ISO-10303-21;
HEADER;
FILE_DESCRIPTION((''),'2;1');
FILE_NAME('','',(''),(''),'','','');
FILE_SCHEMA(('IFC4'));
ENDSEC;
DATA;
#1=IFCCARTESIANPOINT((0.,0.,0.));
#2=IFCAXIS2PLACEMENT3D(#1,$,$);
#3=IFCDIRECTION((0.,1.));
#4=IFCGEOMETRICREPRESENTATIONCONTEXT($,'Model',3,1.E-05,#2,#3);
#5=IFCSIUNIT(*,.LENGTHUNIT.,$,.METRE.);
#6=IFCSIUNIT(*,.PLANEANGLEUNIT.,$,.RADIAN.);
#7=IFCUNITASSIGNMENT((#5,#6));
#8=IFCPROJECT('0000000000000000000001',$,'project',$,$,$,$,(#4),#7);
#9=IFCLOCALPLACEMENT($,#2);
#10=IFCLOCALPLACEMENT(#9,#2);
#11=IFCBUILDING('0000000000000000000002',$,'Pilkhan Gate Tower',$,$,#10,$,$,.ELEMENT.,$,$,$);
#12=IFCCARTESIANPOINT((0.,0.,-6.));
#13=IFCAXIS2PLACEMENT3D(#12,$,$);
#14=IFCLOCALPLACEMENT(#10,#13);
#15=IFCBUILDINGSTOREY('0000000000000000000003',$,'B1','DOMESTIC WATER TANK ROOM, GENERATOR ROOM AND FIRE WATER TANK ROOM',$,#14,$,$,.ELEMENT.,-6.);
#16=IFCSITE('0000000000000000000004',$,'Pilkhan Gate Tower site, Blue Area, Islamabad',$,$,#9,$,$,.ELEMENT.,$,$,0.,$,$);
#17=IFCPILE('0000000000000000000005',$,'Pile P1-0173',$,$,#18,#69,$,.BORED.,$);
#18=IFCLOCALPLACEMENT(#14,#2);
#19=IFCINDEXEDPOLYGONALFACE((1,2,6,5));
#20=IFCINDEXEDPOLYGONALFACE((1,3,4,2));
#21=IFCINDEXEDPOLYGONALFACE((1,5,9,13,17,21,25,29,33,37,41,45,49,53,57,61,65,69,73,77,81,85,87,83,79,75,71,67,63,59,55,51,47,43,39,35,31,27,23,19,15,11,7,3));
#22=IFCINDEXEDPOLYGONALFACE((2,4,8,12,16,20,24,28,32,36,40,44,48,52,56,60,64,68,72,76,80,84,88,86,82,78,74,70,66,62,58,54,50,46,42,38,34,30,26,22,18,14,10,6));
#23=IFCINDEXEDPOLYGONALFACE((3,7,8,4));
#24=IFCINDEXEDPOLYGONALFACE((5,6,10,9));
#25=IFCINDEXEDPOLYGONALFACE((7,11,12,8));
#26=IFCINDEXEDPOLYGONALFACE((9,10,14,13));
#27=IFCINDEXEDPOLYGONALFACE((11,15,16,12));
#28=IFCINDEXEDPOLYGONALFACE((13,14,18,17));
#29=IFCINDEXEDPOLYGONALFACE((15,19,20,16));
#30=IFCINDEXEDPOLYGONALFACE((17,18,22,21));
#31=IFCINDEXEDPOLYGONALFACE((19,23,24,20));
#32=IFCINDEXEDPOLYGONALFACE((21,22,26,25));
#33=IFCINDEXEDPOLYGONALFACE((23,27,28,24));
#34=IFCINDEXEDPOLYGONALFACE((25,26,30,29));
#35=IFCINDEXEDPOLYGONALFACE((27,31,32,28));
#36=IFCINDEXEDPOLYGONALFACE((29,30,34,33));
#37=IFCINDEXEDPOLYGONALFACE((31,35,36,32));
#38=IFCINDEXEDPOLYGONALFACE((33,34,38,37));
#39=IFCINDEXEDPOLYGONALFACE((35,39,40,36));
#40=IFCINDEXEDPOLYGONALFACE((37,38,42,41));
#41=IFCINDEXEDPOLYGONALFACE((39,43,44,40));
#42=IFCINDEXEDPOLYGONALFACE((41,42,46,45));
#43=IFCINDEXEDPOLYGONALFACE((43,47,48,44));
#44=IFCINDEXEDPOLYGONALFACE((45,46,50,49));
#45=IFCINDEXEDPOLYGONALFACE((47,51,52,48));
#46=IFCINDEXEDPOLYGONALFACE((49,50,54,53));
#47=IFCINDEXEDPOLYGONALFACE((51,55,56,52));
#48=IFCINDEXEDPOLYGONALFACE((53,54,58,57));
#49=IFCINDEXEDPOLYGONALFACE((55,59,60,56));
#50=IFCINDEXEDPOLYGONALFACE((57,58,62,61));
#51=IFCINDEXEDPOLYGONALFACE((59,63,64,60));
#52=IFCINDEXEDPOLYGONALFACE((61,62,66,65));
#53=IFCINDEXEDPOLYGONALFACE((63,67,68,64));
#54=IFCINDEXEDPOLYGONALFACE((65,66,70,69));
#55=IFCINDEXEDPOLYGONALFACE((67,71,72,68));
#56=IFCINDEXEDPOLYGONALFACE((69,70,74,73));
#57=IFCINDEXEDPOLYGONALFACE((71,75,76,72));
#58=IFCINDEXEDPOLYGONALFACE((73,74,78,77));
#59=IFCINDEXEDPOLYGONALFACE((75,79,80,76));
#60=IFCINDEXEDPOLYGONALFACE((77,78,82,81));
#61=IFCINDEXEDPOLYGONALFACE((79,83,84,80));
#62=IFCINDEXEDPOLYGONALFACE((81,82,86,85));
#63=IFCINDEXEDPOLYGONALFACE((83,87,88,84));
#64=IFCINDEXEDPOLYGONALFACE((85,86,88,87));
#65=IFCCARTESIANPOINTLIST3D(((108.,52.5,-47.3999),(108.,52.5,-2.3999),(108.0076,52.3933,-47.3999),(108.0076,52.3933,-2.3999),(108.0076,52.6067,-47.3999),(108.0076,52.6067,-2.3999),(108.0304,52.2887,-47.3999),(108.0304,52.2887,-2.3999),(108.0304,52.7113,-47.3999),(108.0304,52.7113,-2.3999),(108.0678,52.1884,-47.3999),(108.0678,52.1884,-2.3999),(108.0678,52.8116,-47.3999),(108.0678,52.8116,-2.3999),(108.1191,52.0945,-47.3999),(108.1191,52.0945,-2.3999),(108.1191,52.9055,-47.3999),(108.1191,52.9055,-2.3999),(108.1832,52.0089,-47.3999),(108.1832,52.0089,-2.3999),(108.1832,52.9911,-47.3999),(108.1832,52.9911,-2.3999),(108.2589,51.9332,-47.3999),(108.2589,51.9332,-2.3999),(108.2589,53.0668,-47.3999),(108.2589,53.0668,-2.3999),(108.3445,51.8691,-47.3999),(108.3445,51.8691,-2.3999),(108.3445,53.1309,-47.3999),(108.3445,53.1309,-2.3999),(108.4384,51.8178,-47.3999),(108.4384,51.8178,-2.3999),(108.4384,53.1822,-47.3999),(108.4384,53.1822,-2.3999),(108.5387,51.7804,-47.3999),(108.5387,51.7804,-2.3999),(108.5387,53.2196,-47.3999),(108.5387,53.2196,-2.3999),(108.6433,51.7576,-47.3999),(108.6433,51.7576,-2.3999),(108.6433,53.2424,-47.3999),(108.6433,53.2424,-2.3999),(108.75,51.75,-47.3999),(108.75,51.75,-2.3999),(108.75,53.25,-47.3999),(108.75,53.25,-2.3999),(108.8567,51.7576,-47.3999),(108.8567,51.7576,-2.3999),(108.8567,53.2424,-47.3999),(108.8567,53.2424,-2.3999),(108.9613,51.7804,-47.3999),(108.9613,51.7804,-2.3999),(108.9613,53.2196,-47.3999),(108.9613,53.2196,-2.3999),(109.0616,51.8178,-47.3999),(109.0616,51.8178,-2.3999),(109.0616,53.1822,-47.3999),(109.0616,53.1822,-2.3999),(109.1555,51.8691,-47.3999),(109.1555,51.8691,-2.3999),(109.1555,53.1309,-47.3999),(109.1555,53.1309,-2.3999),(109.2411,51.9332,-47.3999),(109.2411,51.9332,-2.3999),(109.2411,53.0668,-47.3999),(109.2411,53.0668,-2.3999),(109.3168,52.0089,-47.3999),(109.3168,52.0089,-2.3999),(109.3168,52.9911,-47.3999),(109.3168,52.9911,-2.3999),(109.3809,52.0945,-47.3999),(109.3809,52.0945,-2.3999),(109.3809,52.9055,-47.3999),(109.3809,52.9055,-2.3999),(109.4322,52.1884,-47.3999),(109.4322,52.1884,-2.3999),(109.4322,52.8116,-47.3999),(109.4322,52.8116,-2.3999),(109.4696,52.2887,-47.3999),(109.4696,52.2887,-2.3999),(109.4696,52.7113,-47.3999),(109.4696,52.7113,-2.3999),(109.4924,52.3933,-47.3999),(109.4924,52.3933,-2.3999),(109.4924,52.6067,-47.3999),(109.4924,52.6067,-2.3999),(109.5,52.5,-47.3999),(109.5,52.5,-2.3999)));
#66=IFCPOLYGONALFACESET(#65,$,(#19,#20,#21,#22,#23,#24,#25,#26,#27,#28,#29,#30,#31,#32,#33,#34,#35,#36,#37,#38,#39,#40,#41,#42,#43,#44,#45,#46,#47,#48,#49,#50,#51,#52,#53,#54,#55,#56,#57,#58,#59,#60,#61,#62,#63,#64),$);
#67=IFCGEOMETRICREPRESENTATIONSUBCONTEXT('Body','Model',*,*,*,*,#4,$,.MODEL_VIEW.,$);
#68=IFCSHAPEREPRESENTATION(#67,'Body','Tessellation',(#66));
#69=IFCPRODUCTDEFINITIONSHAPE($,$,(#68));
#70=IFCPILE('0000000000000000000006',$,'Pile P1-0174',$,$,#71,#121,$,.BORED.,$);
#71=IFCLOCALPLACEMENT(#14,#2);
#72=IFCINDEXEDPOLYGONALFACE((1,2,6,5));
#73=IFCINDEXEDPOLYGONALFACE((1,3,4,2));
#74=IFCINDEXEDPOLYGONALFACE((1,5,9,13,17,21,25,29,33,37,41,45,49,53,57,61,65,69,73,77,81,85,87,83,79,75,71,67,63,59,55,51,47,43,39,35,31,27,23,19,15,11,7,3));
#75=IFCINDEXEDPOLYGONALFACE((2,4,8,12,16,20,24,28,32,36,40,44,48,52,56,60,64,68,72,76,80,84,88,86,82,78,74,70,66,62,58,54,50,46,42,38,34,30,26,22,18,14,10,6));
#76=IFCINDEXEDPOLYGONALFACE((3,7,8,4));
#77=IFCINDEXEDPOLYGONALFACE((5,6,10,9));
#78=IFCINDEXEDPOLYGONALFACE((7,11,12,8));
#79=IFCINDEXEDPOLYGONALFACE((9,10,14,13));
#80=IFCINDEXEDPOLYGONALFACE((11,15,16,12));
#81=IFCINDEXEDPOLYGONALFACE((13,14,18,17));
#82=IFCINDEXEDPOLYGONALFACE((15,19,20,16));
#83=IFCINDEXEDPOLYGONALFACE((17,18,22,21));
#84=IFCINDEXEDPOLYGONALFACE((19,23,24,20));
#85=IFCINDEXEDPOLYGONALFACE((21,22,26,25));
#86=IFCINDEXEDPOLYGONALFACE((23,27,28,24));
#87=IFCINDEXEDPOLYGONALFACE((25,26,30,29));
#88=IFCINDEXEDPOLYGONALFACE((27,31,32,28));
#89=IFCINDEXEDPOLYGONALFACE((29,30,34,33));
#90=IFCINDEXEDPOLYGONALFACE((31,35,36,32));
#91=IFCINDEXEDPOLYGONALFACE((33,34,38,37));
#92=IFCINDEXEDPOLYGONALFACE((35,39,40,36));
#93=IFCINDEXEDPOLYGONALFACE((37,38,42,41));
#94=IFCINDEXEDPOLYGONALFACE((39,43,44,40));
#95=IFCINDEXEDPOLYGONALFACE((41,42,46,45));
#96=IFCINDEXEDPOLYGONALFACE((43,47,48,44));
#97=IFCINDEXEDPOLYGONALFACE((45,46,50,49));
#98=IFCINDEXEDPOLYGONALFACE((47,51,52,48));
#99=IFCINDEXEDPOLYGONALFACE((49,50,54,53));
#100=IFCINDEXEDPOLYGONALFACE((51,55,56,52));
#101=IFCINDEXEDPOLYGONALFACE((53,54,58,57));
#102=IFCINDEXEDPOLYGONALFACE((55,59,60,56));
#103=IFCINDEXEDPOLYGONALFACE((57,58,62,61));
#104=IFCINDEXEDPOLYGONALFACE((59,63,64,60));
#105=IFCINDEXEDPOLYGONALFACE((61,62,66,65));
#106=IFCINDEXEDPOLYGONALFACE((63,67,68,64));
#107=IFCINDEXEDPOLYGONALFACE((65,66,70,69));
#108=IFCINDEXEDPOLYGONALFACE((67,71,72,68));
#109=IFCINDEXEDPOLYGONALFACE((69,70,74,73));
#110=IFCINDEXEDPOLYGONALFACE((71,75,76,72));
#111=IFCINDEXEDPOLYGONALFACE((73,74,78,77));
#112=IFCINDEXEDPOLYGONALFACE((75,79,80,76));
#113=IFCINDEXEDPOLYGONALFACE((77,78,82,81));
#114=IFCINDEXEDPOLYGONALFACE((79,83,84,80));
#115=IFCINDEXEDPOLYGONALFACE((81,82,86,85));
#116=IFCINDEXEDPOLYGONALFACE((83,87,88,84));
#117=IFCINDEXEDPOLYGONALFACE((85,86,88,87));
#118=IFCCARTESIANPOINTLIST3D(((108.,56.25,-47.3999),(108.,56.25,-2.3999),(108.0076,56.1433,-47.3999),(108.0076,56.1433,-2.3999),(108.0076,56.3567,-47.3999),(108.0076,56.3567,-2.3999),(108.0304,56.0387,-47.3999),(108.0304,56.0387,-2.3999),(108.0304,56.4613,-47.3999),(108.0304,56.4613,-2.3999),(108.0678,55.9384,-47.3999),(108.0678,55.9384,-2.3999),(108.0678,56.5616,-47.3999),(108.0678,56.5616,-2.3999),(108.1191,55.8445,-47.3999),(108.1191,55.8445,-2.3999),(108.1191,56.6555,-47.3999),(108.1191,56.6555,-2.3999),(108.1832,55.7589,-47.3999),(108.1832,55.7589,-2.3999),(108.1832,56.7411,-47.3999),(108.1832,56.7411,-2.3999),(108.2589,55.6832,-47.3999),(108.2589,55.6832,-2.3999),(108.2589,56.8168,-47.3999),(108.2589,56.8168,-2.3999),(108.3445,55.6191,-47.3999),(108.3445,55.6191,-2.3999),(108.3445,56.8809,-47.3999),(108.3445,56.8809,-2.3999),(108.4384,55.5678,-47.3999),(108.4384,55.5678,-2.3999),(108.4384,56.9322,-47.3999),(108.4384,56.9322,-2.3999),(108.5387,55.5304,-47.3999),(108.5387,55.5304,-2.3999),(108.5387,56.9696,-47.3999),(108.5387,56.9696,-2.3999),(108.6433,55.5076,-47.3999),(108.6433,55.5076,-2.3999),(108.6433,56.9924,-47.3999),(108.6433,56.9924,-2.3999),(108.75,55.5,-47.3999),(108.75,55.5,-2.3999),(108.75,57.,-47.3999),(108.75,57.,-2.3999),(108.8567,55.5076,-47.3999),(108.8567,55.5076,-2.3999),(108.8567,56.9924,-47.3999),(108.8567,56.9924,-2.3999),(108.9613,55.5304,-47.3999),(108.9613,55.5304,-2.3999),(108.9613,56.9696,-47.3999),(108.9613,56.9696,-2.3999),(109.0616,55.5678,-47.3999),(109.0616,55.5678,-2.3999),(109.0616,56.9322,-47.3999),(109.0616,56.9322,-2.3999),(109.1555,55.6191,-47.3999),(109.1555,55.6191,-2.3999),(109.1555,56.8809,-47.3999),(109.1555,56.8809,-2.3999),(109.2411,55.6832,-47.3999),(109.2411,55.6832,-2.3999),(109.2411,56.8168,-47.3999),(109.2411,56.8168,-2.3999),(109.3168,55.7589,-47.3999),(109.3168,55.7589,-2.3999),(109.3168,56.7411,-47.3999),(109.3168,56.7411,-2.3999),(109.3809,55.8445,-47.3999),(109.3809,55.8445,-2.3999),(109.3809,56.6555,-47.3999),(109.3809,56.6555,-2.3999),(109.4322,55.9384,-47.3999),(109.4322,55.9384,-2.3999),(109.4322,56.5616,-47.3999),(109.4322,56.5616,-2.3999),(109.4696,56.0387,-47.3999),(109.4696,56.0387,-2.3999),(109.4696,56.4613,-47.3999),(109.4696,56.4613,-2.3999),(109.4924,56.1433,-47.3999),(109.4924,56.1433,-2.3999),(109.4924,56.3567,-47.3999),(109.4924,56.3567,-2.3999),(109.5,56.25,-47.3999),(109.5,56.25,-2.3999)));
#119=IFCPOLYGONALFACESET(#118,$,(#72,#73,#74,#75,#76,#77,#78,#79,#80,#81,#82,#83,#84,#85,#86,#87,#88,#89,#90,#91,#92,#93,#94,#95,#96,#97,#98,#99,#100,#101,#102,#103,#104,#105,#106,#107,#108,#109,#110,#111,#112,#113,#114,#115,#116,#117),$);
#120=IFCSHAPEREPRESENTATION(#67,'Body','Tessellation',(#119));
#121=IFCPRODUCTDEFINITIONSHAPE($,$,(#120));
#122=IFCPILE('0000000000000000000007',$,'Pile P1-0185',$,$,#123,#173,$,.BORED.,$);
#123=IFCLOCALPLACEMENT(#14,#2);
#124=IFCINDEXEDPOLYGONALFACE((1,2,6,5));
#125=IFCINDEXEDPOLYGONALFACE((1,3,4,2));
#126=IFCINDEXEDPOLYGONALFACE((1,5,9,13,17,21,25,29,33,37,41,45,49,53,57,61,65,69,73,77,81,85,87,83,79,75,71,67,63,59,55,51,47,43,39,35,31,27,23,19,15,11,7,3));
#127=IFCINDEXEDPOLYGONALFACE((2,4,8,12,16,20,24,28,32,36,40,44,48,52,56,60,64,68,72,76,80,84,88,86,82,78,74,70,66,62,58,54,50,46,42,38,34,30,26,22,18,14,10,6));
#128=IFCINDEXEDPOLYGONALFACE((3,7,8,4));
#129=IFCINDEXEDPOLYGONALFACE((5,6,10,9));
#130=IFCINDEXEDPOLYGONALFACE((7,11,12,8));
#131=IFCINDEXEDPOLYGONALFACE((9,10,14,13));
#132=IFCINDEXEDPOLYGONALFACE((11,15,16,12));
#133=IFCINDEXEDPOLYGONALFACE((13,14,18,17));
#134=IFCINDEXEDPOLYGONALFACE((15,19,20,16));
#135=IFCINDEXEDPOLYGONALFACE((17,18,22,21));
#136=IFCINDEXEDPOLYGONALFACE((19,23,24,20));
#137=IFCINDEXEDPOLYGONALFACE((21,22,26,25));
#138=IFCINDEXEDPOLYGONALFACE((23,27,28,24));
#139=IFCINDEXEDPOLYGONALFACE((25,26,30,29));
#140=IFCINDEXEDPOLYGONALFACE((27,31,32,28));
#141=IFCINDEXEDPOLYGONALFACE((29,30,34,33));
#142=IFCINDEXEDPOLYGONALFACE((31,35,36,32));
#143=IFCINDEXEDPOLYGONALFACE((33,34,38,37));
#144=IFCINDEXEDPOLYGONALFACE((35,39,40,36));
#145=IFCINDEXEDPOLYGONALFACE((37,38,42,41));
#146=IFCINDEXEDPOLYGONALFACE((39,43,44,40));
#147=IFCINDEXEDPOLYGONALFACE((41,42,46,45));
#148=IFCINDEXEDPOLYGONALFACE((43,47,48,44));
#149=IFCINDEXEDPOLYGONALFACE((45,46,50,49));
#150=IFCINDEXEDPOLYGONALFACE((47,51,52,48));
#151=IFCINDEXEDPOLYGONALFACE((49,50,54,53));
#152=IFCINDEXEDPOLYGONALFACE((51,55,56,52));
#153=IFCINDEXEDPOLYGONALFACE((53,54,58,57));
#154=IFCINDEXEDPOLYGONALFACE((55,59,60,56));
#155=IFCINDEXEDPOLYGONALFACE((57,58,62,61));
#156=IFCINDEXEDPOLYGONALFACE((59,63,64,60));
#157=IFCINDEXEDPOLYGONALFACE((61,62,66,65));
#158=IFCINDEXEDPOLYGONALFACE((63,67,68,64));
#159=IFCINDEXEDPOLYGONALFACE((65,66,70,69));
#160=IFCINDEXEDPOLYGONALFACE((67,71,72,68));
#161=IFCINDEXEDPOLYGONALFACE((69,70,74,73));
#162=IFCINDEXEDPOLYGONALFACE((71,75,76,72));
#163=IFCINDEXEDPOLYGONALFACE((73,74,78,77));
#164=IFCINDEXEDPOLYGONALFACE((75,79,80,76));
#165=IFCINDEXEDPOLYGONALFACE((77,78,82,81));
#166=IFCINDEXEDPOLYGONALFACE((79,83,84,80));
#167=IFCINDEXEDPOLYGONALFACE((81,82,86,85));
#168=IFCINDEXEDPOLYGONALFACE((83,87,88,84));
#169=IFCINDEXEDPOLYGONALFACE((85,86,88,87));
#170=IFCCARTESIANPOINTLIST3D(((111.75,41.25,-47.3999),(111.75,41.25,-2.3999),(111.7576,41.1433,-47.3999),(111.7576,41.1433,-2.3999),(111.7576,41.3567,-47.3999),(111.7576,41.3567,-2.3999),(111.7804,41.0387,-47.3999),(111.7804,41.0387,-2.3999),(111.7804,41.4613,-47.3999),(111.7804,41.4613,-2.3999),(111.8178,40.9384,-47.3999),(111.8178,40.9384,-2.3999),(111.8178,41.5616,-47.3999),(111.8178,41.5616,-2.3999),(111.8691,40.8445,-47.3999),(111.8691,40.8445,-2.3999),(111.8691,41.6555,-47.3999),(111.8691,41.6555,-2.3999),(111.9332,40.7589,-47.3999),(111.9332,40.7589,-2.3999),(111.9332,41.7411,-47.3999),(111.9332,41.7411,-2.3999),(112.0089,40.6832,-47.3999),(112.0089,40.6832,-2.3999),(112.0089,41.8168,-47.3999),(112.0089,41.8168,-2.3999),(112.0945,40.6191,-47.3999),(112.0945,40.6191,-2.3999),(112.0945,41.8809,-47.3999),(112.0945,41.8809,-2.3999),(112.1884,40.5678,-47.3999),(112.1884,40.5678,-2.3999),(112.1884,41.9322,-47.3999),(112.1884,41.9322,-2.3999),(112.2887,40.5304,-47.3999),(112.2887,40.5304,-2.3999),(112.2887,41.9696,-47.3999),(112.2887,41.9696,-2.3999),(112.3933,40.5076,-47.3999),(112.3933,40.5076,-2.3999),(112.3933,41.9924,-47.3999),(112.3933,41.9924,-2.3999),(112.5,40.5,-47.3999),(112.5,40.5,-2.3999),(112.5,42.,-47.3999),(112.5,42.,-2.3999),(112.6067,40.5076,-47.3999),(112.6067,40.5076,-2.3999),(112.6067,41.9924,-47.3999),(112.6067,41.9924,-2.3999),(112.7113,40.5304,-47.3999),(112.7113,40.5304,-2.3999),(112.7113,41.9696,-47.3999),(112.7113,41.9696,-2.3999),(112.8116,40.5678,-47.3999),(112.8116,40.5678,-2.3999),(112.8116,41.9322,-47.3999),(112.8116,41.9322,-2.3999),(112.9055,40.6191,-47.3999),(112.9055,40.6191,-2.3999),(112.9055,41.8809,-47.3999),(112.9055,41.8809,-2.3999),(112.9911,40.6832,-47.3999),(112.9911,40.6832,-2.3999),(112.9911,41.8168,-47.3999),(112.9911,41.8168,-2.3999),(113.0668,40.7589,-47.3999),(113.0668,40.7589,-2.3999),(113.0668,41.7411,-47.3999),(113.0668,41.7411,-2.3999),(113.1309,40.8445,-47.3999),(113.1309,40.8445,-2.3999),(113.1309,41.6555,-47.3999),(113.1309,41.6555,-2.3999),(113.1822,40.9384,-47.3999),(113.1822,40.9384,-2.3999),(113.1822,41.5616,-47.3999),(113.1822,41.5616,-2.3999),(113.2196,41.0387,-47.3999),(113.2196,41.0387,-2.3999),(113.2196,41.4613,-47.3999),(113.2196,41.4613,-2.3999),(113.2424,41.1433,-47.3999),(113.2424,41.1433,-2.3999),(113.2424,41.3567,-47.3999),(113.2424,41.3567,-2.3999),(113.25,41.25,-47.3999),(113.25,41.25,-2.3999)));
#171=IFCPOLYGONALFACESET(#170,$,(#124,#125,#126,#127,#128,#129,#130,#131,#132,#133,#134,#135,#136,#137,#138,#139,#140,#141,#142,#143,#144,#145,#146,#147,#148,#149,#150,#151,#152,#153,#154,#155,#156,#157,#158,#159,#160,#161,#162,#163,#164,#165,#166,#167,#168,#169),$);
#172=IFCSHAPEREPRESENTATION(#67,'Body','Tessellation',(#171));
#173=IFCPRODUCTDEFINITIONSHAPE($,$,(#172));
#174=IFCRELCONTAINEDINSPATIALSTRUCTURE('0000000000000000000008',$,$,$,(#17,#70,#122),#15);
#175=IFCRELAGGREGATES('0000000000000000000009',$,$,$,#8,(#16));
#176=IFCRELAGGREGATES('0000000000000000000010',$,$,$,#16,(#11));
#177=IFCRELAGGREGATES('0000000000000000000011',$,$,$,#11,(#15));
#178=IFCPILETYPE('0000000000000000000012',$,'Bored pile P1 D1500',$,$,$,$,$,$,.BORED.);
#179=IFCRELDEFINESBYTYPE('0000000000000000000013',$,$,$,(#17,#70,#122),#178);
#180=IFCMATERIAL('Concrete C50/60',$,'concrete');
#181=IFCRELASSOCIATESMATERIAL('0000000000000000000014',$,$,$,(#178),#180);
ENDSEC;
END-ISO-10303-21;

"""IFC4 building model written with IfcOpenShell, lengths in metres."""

from ifc_helpers import new_model, si_unit, direction, frame, origin, origin_2d, place, context, subcontext, project, spatial, circle, extrude, material, material_profile, profile_set, type_object, element, save


model = new_model("IFC4")

# Units and contexts
model_context = context("Model", 3, precision=1e-05, world=origin(), true_north=direction((0.0, 1.0)))
body_context = subcontext(model_context, "Body", "Model", "MODEL_VIEW")
ifc_project = project(units=[si_unit("LENGTHUNIT", "METRE"), si_unit("PLANEANGLEUNIT", "RADIAN")], contexts=[model_context])

# Site, building, storey
site_placement = place(None, origin())
site = spatial("IfcSite", under=ifc_project, at=site_placement, Name="Pilkhan Gate Tower site, Blue Area, Islamabad", CompositionType="ELEMENT", RefElevation=0.0)
building_placement = place(site_placement, origin())
building = spatial("IfcBuilding", under=site, at=building_placement, Name="Pilkhan Gate Tower", CompositionType="ELEMENT")
storey_placement = place(building_placement, frame((0.0, 0.0, -6.0)))
storey = spatial("IfcBuildingStorey", under=building, at=storey_placement, Name="B1", Description="DOMESTIC WATER TANK ROOM, GENERATOR ROOM AND FIRE WATER TANK ROOM", CompositionType="ELEMENT", Elevation=-6.0)

# Piles
ifc_material_1 = material(Name="Concrete C50/60", Category="concrete")
ifc_material_profile_1 = material_profile(ifc_material_1, circle(Radius=0.75, at=origin_2d()), Name="Bored pile 1500 dia")
ifc_profile_set_1 = profile_set([ifc_material_profile_1], Name="Concrete C50/60")
pile_type = type_object("IfcPileType", Name="Bored pile P1 D1500", PredefinedType="BORED", material=ifc_profile_set_1)
for number, where, z_axis, x_axis, name in (
    (1, (108.75, 52.5, -2.3999), (0.0, 0.0, -1.0), (1.0, 0.0, 0.0), "Pile P1-0173"),
    (2, (108.75, 56.25, -2.3999), (0.0, 0.0, -1.0), (1.0, 0.0, 0.0), "Pile P1-0174"),
    (3, (112.5, 41.25, -2.3999), (0.0, 0.0, -1.0), (1.0, 0.0, 0.0), "Pile P1-0185"),
):
    element("IfcPile", number, at=place(storey_placement, frame(where, z_axis=z_axis, x_axis=x_axis)), inside=storey, type_object=pile_type, Name=name, PredefinedType="BORED", context=body_context, shape_type="SweptSolid", body=[
        extrude(circle(Radius=0.75, at=origin_2d()), origin(), (0.0, 0.0, 1.0), 45.0),
    ])

save(model, "model.ifc")
